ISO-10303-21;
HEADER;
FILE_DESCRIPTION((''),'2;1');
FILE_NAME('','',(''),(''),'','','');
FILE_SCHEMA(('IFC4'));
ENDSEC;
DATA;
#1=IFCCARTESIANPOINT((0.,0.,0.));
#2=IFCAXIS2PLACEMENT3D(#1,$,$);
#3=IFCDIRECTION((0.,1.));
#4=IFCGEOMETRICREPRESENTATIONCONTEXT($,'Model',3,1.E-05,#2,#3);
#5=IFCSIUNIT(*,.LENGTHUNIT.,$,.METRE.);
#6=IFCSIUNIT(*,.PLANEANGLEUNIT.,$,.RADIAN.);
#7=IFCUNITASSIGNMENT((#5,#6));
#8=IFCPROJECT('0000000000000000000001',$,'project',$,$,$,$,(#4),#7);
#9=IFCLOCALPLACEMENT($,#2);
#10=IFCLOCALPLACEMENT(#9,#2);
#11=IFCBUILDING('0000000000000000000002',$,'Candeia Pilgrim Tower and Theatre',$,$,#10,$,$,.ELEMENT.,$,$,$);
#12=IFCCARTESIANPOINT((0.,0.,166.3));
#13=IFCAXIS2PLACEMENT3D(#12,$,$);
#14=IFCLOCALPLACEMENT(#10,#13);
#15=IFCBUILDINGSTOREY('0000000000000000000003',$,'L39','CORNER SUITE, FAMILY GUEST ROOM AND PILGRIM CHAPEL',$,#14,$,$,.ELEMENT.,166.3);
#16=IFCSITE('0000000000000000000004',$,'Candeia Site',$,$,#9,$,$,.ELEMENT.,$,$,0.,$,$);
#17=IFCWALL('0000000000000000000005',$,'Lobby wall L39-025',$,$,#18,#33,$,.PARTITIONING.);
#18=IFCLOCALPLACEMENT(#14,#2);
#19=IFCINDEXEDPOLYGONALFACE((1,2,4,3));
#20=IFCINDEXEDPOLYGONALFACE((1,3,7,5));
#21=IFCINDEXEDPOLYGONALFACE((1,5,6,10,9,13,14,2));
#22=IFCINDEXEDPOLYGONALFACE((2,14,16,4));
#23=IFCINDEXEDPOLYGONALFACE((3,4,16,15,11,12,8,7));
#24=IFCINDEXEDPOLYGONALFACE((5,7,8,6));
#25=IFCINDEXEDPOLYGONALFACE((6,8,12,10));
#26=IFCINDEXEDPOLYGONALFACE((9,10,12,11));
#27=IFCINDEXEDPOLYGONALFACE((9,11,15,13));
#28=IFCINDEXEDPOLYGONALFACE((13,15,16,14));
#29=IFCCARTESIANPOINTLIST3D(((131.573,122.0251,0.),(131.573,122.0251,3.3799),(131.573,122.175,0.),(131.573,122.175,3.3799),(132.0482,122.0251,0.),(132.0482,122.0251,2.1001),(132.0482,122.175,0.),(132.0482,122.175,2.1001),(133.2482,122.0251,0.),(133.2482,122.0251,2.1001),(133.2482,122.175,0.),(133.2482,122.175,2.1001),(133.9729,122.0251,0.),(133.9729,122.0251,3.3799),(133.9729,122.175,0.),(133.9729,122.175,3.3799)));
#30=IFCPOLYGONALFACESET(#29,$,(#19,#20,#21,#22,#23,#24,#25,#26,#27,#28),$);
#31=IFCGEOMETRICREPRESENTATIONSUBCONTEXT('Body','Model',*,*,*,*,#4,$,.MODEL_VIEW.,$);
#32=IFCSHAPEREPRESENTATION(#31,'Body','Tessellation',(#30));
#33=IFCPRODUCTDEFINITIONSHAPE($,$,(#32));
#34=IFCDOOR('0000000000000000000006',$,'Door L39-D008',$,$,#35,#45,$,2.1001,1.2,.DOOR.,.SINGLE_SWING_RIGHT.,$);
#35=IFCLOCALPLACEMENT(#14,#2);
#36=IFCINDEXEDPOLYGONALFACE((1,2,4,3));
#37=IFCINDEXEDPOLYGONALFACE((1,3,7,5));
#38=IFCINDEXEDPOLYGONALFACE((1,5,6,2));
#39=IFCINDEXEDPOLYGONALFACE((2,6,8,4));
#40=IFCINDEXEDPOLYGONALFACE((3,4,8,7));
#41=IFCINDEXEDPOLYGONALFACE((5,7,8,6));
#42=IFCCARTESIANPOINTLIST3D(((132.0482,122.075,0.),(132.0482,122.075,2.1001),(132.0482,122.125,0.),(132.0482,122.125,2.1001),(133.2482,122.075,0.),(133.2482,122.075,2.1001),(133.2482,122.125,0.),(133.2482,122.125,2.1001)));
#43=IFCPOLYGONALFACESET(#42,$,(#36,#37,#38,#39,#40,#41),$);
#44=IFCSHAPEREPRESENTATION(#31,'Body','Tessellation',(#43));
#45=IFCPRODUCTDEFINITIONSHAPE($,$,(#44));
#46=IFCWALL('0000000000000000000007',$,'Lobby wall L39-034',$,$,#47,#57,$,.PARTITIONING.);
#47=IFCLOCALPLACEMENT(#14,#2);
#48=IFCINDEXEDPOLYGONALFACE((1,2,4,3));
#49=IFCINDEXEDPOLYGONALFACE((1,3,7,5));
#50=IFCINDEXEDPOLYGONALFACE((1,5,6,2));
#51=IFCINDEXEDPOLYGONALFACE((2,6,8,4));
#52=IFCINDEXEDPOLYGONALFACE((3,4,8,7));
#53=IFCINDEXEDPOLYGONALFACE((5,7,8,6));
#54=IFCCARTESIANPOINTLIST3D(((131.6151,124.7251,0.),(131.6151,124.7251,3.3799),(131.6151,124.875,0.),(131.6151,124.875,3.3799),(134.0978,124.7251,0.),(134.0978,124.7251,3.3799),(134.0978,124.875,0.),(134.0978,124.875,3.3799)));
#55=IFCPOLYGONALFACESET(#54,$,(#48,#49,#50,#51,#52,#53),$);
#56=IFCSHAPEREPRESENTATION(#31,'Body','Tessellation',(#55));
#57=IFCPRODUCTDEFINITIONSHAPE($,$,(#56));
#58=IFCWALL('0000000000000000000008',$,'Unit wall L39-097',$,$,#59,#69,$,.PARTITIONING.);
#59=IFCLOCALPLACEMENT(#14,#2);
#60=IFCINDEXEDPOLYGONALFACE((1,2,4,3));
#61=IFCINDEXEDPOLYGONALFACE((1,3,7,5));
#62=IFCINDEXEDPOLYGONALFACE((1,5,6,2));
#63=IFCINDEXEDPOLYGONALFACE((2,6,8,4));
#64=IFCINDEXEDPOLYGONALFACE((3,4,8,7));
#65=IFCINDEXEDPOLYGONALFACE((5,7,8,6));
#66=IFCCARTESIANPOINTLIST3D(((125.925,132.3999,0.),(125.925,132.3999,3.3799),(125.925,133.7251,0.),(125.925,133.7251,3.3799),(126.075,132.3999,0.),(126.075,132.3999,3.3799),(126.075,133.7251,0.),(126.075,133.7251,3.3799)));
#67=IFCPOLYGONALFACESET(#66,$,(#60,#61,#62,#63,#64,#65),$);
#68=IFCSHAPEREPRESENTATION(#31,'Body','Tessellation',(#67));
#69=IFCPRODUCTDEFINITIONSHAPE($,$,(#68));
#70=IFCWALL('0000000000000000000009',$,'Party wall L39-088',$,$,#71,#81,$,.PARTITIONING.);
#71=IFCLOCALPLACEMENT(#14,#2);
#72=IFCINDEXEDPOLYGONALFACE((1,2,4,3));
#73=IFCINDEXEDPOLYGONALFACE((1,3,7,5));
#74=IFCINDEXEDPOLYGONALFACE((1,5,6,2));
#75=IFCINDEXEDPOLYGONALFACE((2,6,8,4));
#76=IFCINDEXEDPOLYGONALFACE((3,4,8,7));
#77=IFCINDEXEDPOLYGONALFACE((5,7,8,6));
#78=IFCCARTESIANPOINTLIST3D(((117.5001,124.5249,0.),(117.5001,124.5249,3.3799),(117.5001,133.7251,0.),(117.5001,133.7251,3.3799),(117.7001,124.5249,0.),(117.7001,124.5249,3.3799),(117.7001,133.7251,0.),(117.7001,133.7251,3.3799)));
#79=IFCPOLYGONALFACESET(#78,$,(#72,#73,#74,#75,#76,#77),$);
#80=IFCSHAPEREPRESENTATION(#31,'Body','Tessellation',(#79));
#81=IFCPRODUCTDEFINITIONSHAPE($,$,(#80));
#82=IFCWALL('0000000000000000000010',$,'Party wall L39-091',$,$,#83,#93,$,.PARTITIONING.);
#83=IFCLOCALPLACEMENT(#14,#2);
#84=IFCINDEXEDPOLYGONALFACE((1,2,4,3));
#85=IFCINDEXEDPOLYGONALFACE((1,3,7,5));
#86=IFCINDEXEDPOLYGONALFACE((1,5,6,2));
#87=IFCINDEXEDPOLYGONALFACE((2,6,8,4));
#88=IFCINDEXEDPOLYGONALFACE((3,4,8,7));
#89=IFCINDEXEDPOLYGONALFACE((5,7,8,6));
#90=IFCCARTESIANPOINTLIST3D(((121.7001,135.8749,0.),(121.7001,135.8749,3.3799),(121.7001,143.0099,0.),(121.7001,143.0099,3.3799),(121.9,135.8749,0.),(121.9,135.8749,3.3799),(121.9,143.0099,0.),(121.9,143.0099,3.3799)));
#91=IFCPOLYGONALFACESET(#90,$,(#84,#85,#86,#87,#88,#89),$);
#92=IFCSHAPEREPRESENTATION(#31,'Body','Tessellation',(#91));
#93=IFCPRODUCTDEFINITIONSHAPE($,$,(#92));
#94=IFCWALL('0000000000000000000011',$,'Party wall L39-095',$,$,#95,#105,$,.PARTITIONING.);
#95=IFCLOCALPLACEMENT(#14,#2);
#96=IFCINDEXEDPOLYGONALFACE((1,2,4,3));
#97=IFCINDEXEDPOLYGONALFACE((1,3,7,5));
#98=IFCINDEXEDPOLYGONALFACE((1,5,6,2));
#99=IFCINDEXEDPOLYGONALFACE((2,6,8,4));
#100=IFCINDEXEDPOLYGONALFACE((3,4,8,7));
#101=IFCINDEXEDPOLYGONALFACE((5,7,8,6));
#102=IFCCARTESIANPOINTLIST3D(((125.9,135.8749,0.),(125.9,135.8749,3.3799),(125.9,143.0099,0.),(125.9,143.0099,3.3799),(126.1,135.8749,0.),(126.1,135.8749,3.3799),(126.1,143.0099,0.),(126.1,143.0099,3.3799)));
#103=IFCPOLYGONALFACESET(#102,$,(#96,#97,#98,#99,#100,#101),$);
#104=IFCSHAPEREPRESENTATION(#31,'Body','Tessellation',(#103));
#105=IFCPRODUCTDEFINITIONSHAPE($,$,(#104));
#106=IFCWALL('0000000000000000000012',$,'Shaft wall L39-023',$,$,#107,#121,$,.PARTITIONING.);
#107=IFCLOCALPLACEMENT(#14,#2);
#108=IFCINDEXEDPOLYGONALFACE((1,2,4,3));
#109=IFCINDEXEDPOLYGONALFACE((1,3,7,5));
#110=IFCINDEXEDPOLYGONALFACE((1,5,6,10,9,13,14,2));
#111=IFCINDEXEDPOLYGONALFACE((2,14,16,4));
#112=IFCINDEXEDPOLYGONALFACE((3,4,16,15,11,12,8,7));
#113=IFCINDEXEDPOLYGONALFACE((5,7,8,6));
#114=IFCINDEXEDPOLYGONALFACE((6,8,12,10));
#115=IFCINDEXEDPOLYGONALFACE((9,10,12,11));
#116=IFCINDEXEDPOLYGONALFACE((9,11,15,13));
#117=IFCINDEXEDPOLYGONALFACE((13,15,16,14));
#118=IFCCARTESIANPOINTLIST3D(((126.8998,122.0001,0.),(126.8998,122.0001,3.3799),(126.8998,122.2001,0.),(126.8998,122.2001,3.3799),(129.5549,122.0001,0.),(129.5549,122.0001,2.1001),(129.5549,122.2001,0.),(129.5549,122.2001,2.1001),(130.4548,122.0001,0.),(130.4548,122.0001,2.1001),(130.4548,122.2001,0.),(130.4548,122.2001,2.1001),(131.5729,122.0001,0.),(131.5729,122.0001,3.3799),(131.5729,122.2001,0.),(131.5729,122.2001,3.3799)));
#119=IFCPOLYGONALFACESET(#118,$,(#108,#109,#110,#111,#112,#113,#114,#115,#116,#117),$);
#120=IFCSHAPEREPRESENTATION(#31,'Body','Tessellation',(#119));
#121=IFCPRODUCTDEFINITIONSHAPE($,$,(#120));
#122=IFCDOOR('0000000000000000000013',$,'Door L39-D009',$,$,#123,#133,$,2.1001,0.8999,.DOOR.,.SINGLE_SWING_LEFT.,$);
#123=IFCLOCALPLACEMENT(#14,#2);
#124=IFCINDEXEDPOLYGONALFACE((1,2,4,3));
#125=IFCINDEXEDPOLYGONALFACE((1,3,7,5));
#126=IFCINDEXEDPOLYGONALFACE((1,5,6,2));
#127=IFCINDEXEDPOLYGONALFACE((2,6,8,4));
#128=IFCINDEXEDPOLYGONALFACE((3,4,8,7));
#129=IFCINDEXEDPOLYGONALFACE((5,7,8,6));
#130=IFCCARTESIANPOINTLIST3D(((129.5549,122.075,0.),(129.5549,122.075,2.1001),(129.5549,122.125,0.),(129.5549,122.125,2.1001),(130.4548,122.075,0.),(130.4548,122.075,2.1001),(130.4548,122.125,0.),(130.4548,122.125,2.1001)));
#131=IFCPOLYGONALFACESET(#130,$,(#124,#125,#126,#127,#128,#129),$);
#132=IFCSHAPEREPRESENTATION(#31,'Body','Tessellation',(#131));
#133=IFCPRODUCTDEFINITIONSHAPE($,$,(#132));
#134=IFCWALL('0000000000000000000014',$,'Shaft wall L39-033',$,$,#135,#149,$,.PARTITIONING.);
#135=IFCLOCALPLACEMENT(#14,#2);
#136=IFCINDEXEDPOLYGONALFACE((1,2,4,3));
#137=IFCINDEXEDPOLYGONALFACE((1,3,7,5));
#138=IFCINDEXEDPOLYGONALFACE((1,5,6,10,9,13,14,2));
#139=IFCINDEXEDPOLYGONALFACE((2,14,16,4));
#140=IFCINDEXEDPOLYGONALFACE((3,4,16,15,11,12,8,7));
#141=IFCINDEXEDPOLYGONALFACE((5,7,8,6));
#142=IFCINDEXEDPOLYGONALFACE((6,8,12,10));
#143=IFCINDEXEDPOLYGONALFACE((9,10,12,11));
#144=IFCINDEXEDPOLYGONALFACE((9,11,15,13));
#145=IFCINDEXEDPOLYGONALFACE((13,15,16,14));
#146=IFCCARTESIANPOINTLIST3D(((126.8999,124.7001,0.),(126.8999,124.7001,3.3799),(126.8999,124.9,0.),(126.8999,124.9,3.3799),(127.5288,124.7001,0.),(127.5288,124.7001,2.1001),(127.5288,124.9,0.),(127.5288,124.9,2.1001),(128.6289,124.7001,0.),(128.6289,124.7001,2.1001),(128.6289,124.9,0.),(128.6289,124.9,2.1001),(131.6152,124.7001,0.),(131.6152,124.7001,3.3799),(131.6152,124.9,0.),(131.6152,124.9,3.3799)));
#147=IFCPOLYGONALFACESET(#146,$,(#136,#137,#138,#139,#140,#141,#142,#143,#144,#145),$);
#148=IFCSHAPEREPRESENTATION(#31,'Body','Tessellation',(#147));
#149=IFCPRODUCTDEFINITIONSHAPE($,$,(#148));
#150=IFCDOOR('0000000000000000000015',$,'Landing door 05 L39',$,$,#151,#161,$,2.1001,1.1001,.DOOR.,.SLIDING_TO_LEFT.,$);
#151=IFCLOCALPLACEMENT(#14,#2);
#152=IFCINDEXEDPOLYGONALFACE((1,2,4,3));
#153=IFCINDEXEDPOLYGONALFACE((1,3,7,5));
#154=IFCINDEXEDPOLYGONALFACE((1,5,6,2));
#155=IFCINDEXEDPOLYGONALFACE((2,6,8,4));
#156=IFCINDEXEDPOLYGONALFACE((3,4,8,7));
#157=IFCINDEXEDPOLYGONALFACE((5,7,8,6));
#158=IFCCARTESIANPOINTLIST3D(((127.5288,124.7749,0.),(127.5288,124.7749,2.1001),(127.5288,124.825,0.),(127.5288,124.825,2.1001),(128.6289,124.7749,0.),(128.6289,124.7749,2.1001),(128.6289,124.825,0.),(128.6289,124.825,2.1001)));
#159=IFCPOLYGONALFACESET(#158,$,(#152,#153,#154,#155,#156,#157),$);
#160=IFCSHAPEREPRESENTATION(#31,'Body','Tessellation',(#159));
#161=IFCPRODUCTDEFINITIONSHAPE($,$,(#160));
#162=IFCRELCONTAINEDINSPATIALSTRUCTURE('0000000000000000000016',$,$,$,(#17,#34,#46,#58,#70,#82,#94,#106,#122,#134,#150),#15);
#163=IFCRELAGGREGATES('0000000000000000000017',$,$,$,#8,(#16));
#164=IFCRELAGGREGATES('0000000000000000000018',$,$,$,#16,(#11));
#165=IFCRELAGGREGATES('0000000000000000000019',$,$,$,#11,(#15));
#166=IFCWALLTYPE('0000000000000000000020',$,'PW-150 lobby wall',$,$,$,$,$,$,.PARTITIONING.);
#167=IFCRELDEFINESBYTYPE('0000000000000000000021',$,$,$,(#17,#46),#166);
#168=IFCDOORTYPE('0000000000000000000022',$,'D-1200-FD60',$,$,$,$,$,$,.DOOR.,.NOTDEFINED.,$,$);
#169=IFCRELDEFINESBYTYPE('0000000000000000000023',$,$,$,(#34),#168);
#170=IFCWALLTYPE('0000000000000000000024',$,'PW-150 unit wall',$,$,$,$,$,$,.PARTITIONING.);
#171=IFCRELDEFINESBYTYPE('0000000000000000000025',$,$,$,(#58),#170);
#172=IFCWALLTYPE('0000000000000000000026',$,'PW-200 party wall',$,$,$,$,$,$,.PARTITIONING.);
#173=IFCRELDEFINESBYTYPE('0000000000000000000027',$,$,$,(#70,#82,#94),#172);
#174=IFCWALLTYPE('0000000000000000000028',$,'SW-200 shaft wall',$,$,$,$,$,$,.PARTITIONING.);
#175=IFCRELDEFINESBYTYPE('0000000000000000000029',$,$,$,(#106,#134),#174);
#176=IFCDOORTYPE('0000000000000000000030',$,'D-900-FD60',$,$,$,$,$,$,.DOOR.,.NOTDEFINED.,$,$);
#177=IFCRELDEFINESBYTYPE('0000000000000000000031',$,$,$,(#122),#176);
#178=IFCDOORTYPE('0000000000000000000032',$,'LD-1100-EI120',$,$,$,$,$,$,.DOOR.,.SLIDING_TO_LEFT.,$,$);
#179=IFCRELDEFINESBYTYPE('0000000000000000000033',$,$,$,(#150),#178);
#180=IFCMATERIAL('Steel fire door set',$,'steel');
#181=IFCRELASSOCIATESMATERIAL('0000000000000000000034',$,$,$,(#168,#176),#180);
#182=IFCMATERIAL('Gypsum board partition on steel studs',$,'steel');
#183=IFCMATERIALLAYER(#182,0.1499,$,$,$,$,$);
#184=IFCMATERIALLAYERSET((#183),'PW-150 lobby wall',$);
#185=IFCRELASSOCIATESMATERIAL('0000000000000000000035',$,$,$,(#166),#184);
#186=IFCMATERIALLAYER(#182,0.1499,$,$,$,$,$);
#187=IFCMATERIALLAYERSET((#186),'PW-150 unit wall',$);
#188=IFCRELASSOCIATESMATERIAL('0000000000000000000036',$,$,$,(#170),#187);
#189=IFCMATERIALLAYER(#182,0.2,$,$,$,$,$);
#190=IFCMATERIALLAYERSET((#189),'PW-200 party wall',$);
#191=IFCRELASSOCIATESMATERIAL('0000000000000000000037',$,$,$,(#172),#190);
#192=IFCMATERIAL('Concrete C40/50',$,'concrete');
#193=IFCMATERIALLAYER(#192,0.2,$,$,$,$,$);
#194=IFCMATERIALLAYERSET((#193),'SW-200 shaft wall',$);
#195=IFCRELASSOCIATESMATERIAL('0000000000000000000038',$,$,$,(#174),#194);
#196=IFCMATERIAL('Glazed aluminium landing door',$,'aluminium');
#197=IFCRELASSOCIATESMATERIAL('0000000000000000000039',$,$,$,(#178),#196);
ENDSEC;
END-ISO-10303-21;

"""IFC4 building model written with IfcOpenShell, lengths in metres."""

from ifc_helpers import new_model, si_unit, direction, frame, frame_2d, origin, place, context, subcontext, project, spatial, rectangle, extrude, material, layer, layer_set, type_object, element, fill, save


model = new_model("IFC4")

# Units and contexts
model_context = context("Model", 3, precision=1e-05, world=origin(), true_north=direction((0.0, 1.0)))
body_context = subcontext(model_context, "Body", "Model", "MODEL_VIEW")
ifc_project = project(units=[si_unit("LENGTHUNIT", "METRE"), si_unit("PLANEANGLEUNIT", "RADIAN")], contexts=[model_context])

# Site, building, storey
site_placement = place(None, origin())
site = spatial("IfcSite", under=ifc_project, at=site_placement, Name="Candeia Site", CompositionType="ELEMENT", RefElevation=0.0)
building_placement = place(site_placement, origin())
building = spatial("IfcBuilding", under=site, at=building_placement, Name="Candeia Pilgrim Tower and Theatre", CompositionType="ELEMENT")
storey_placement = place(building_placement, frame((0.0, 0.0, 166.3)))
storey = spatial("IfcBuildingStorey", under=building, at=storey_placement, Name="L39", Description="CORNER SUITE, FAMILY GUEST ROOM AND PILGRIM CHAPEL", CompositionType="ELEMENT", Elevation=166.3)

# Shared definitions
ifc_material_1 = material(Name="Steel fire door set", Category="steel")
door_type_1 = type_object("IfcDoorType", Name="D-1200-FD60", OperationType="NOTDEFINED", PredefinedType="DOOR", material=ifc_material_1)
ifc_material_2 = material(Name="Gypsum board partition on steel studs", Category="steel")

# Wall, opening, door
ifc_layer_1 = layer(ifc_material_2, 0.1499)
ifc_layer_set_1 = layer_set([ifc_layer_1], Name="PW-150 lobby wall")
wall_type_1 = type_object("IfcWallType", Name="PW-150 lobby wall", PredefinedType="PARTITIONING", material=ifc_layer_set_1)
wall_1_placement = place(storey_placement, frame((131.573, 122.1001, 0.0), z_axis=(0.0, 0.0, 1.0), x_axis=(1.0, 0.0, 0.0)))
wall_1 = element("IfcWall", 1, at=wall_1_placement, inside=storey, type_object=wall_type_1, Name="Lobby wall L39-025", PredefinedType="PARTITIONING", context=body_context, shape_type="SweptSolid", body=[
    extrude(rectangle(XDim=2.3999, YDim=0.1499, at=frame_2d((1.2, 0.0))), origin(), (0.0, 0.0, 1.0), 3.3799),
])
opening_1_placement = place(wall_1_placement, frame((0.4751, 0.0, 0.0)))
opening_1 = element("IfcOpeningElement", 2, at=opening_1_placement, cuts=wall_1, PredefinedType="OPENING", context=body_context, shape_type="SweptSolid", body=[
    extrude(rectangle(XDim=1.2, YDim=2.1001, at=frame_2d((0.6001, 1.05))), frame((0.0, 0.085, 0.0), z_axis=(0.0, -1.0, 0.0), x_axis=(1.0, 0.0, 0.0)), (0.0, 0.0, 1.0), 0.1699),
])
door_1_placement = place(opening_1_placement, origin())
door_1 = element("IfcDoor", 3, at=door_1_placement, inside=storey, type_object=door_type_1, Name="Door L39-D008", OperationType="SINGLE_SWING_RIGHT", OverallHeight=2.1001, OverallWidth=1.2, PredefinedType="DOOR", context=body_context, shape_type="SweptSolid", body=[
    extrude(rectangle(XDim=1.2, YDim=2.1001, at=frame_2d((0.6001, 1.05))), frame((0.0, 0.0249, 0.0), z_axis=(0.0, -1.0, 0.0), x_axis=(1.0, 0.0, 0.0)), (0.0, 0.0, 1.0), 0.05),
])
fill(opening_1, door_1)

# Walls
wall_2_placement = place(storey_placement, frame((131.6152, 124.8, 0.0), z_axis=(0.0, 0.0, 1.0), x_axis=(1.0, 0.0, 0.0)))
element("IfcWall", 4, at=wall_2_placement, inside=storey, type_object=wall_type_1, Name="Lobby wall L39-034", PredefinedType="PARTITIONING", context=body_context, shape_type="SweptSolid", body=[
    extrude(rectangle(XDim=2.4827, YDim=0.1499, at=frame_2d((1.2412, 0.0))), origin(), (0.0, 0.0, 1.0), 3.3799),
])
ifc_layer_2 = layer(ifc_material_2, 0.1499)
ifc_layer_set_2 = layer_set([ifc_layer_2], Name="PW-150 unit wall")
wall_type_2 = type_object("IfcWallType", Name="PW-150 unit wall", PredefinedType="PARTITIONING", material=ifc_layer_set_2)
wall_3_placement = place(storey_placement, frame((126.0, 132.3999, 0.0), z_axis=(0.0, 0.0, 1.0), x_axis=(0.0, 1.0, 0.0)))
element("IfcWall", 5, at=wall_3_placement, inside=storey, type_object=wall_type_2, Name="Unit wall L39-097", PredefinedType="PARTITIONING", context=body_context, shape_type="SweptSolid", body=[
    extrude(rectangle(XDim=1.3252, YDim=0.1499, at=frame_2d((0.6626, 0.0))), origin(), (0.0, 0.0, 1.0), 3.3799),
])
ifc_layer_3 = layer(ifc_material_2, 0.2)
ifc_layer_set_3 = layer_set([ifc_layer_3], Name="PW-200 party wall")
wall_type_3 = type_object("IfcWallType", Name="PW-200 party wall", PredefinedType="PARTITIONING", material=ifc_layer_set_3)
wall_4_placement = place(storey_placement, frame((117.6001, 124.5249, 0.0), z_axis=(0.0, 0.0, 1.0), x_axis=(0.0, 1.0, 0.0)))
element("IfcWall", 6, at=wall_4_placement, inside=storey, type_object=wall_type_3, Name="Party wall L39-088", PredefinedType="PARTITIONING", context=body_context, shape_type="SweptSolid", body=[
    extrude(rectangle(XDim=9.2002, YDim=0.2, at=frame_2d((4.6001, 0.0))), origin(), (0.0, 0.0, 1.0), 3.3799),
])
for number, where, z_axis, x_axis, name in (
    (7, (121.8, 135.875, 0.0), (0.0, 0.0, 1.0), (0.0, 1.0, 0.0), "Party wall L39-091"),
    (8, (126.0, 135.875, 0.0), (0.0, 0.0, 1.0), (0.0, 1.0, 0.0), "Party wall L39-095"),
):
    element("IfcWall", number, at=place(storey_placement, frame(where, z_axis=z_axis, x_axis=x_axis)), inside=storey, type_object=wall_type_3, Name=name, PredefinedType="PARTITIONING", context=body_context, shape_type="SweptSolid", body=[
        extrude(rectangle(XDim=7.135, YDim=0.2, at=frame_2d((3.5674, 0.0))), origin(), (0.0, 0.0, 1.0), 3.3799),
    ])

# Walls, openings, doors
ifc_material_3 = material(Name="Concrete C40/50", Category="concrete")
ifc_layer_4 = layer(ifc_material_3, 0.2)
ifc_layer_set_4 = layer_set([ifc_layer_4], Name="SW-200 shaft wall")
wall_type_4 = type_object("IfcWallType", Name="SW-200 shaft wall", PredefinedType="PARTITIONING", material=ifc_layer_set_4)
wall_5_placement = place(storey_placement, frame((126.8999, 122.1001, 0.0), z_axis=(0.0, 0.0, 1.0), x_axis=(1.0, 0.0, 0.0)))
wall_5 = element("IfcWall", 9, at=wall_5_placement, inside=storey, type_object=wall_type_4, Name="Shaft wall L39-023", PredefinedType="PARTITIONING", context=body_context, shape_type="SweptSolid", body=[
    extrude(rectangle(XDim=4.6731, YDim=0.2, at=frame_2d((2.3364, 0.0))), origin(), (0.0, 0.0, 1.0), 3.3799),
])
opening_2_placement = place(wall_5_placement, frame((2.655, 0.0, 0.0)))
opening_2 = element("IfcOpeningElement", 10, at=opening_2_placement, cuts=wall_5, PredefinedType="OPENING", context=body_context, shape_type="SweptSolid", body=[
    extrude(rectangle(XDim=0.8999, YDim=2.1001, at=frame_2d((0.45, 1.05))), frame((0.0, 0.1099, 0.0), z_axis=(0.0, -1.0, 0.0), x_axis=(1.0, 0.0, 0.0)), (0.0, 0.0, 1.0), 0.22),
])
door_type_2 = type_object("IfcDoorType", Name="D-900-FD60", OperationType="NOTDEFINED", PredefinedType="DOOR", material=ifc_material_1)
door_2_placement = place(opening_2_placement, origin())
door_2 = element("IfcDoor", 11, at=door_2_placement, inside=storey, type_object=door_type_2, Name="Door L39-D009", OperationType="SINGLE_SWING_LEFT", OverallHeight=2.1001, OverallWidth=0.8999, PredefinedType="DOOR", context=body_context, shape_type="SweptSolid", body=[
    extrude(rectangle(XDim=0.8999, YDim=2.1001, at=frame_2d((0.45, 1.05))), frame((0.0, 0.0249, 0.0), z_axis=(0.0, -1.0, 0.0), x_axis=(1.0, 0.0, 0.0)), (0.0, 0.0, 1.0), 0.05),
])
fill(opening_2, door_2)
wall_6_placement = place(storey_placement, frame((126.8999, 124.8, 0.0), z_axis=(0.0, 0.0, 1.0), x_axis=(1.0, 0.0, 0.0)))
wall_6 = element("IfcWall", 12, at=wall_6_placement, inside=storey, type_object=wall_type_4, Name="Shaft wall L39-033", PredefinedType="PARTITIONING", context=body_context, shape_type="SweptSolid", body=[
    extrude(rectangle(XDim=4.7153, YDim=0.2, at=frame_2d((2.3577, 0.0))), origin(), (0.0, 0.0, 1.0), 3.3799),
])
opening_3_placement = place(wall_6_placement, frame((0.6289, 0.0, 0.0)))
opening_3 = element("IfcOpeningElement", 13, at=opening_3_placement, cuts=wall_6, PredefinedType="OPENING", context=body_context, shape_type="SweptSolid", body=[
    extrude(rectangle(XDim=1.1001, YDim=2.1001, at=frame_2d((0.55, 1.05))), frame((0.0, 0.1099, 0.0), z_axis=(0.0, -1.0, 0.0), x_axis=(1.0, 0.0, 0.0)), (0.0, 0.0, 1.0), 0.22),
])
ifc_material_4 = material(Name="Glazed aluminium landing door", Category="aluminium")
door_type_3 = type_object("IfcDoorType", Name="LD-1100-EI120", OperationType="SLIDING_TO_LEFT", PredefinedType="DOOR", material=ifc_material_4)
door_3_placement = place(opening_3_placement, origin())
door_3 = element("IfcDoor", 14, at=door_3_placement, inside=storey, type_object=door_type_3, Name="Landing door 05 L39", OperationType="SLIDING_TO_LEFT", OverallHeight=2.1001, OverallWidth=1.1001, PredefinedType="DOOR", context=body_context, shape_type="SweptSolid", body=[
    extrude(rectangle(XDim=1.1001, YDim=2.1001, at=frame_2d((0.55, 1.05))), frame((0.0, 0.0249, 0.0), z_axis=(0.0, -1.0, 0.0), x_axis=(1.0, 0.0, 0.0)), (0.0, 0.0, 1.0), 0.05),
])
fill(opening_3, door_3)

save(model, "model.ifc")
